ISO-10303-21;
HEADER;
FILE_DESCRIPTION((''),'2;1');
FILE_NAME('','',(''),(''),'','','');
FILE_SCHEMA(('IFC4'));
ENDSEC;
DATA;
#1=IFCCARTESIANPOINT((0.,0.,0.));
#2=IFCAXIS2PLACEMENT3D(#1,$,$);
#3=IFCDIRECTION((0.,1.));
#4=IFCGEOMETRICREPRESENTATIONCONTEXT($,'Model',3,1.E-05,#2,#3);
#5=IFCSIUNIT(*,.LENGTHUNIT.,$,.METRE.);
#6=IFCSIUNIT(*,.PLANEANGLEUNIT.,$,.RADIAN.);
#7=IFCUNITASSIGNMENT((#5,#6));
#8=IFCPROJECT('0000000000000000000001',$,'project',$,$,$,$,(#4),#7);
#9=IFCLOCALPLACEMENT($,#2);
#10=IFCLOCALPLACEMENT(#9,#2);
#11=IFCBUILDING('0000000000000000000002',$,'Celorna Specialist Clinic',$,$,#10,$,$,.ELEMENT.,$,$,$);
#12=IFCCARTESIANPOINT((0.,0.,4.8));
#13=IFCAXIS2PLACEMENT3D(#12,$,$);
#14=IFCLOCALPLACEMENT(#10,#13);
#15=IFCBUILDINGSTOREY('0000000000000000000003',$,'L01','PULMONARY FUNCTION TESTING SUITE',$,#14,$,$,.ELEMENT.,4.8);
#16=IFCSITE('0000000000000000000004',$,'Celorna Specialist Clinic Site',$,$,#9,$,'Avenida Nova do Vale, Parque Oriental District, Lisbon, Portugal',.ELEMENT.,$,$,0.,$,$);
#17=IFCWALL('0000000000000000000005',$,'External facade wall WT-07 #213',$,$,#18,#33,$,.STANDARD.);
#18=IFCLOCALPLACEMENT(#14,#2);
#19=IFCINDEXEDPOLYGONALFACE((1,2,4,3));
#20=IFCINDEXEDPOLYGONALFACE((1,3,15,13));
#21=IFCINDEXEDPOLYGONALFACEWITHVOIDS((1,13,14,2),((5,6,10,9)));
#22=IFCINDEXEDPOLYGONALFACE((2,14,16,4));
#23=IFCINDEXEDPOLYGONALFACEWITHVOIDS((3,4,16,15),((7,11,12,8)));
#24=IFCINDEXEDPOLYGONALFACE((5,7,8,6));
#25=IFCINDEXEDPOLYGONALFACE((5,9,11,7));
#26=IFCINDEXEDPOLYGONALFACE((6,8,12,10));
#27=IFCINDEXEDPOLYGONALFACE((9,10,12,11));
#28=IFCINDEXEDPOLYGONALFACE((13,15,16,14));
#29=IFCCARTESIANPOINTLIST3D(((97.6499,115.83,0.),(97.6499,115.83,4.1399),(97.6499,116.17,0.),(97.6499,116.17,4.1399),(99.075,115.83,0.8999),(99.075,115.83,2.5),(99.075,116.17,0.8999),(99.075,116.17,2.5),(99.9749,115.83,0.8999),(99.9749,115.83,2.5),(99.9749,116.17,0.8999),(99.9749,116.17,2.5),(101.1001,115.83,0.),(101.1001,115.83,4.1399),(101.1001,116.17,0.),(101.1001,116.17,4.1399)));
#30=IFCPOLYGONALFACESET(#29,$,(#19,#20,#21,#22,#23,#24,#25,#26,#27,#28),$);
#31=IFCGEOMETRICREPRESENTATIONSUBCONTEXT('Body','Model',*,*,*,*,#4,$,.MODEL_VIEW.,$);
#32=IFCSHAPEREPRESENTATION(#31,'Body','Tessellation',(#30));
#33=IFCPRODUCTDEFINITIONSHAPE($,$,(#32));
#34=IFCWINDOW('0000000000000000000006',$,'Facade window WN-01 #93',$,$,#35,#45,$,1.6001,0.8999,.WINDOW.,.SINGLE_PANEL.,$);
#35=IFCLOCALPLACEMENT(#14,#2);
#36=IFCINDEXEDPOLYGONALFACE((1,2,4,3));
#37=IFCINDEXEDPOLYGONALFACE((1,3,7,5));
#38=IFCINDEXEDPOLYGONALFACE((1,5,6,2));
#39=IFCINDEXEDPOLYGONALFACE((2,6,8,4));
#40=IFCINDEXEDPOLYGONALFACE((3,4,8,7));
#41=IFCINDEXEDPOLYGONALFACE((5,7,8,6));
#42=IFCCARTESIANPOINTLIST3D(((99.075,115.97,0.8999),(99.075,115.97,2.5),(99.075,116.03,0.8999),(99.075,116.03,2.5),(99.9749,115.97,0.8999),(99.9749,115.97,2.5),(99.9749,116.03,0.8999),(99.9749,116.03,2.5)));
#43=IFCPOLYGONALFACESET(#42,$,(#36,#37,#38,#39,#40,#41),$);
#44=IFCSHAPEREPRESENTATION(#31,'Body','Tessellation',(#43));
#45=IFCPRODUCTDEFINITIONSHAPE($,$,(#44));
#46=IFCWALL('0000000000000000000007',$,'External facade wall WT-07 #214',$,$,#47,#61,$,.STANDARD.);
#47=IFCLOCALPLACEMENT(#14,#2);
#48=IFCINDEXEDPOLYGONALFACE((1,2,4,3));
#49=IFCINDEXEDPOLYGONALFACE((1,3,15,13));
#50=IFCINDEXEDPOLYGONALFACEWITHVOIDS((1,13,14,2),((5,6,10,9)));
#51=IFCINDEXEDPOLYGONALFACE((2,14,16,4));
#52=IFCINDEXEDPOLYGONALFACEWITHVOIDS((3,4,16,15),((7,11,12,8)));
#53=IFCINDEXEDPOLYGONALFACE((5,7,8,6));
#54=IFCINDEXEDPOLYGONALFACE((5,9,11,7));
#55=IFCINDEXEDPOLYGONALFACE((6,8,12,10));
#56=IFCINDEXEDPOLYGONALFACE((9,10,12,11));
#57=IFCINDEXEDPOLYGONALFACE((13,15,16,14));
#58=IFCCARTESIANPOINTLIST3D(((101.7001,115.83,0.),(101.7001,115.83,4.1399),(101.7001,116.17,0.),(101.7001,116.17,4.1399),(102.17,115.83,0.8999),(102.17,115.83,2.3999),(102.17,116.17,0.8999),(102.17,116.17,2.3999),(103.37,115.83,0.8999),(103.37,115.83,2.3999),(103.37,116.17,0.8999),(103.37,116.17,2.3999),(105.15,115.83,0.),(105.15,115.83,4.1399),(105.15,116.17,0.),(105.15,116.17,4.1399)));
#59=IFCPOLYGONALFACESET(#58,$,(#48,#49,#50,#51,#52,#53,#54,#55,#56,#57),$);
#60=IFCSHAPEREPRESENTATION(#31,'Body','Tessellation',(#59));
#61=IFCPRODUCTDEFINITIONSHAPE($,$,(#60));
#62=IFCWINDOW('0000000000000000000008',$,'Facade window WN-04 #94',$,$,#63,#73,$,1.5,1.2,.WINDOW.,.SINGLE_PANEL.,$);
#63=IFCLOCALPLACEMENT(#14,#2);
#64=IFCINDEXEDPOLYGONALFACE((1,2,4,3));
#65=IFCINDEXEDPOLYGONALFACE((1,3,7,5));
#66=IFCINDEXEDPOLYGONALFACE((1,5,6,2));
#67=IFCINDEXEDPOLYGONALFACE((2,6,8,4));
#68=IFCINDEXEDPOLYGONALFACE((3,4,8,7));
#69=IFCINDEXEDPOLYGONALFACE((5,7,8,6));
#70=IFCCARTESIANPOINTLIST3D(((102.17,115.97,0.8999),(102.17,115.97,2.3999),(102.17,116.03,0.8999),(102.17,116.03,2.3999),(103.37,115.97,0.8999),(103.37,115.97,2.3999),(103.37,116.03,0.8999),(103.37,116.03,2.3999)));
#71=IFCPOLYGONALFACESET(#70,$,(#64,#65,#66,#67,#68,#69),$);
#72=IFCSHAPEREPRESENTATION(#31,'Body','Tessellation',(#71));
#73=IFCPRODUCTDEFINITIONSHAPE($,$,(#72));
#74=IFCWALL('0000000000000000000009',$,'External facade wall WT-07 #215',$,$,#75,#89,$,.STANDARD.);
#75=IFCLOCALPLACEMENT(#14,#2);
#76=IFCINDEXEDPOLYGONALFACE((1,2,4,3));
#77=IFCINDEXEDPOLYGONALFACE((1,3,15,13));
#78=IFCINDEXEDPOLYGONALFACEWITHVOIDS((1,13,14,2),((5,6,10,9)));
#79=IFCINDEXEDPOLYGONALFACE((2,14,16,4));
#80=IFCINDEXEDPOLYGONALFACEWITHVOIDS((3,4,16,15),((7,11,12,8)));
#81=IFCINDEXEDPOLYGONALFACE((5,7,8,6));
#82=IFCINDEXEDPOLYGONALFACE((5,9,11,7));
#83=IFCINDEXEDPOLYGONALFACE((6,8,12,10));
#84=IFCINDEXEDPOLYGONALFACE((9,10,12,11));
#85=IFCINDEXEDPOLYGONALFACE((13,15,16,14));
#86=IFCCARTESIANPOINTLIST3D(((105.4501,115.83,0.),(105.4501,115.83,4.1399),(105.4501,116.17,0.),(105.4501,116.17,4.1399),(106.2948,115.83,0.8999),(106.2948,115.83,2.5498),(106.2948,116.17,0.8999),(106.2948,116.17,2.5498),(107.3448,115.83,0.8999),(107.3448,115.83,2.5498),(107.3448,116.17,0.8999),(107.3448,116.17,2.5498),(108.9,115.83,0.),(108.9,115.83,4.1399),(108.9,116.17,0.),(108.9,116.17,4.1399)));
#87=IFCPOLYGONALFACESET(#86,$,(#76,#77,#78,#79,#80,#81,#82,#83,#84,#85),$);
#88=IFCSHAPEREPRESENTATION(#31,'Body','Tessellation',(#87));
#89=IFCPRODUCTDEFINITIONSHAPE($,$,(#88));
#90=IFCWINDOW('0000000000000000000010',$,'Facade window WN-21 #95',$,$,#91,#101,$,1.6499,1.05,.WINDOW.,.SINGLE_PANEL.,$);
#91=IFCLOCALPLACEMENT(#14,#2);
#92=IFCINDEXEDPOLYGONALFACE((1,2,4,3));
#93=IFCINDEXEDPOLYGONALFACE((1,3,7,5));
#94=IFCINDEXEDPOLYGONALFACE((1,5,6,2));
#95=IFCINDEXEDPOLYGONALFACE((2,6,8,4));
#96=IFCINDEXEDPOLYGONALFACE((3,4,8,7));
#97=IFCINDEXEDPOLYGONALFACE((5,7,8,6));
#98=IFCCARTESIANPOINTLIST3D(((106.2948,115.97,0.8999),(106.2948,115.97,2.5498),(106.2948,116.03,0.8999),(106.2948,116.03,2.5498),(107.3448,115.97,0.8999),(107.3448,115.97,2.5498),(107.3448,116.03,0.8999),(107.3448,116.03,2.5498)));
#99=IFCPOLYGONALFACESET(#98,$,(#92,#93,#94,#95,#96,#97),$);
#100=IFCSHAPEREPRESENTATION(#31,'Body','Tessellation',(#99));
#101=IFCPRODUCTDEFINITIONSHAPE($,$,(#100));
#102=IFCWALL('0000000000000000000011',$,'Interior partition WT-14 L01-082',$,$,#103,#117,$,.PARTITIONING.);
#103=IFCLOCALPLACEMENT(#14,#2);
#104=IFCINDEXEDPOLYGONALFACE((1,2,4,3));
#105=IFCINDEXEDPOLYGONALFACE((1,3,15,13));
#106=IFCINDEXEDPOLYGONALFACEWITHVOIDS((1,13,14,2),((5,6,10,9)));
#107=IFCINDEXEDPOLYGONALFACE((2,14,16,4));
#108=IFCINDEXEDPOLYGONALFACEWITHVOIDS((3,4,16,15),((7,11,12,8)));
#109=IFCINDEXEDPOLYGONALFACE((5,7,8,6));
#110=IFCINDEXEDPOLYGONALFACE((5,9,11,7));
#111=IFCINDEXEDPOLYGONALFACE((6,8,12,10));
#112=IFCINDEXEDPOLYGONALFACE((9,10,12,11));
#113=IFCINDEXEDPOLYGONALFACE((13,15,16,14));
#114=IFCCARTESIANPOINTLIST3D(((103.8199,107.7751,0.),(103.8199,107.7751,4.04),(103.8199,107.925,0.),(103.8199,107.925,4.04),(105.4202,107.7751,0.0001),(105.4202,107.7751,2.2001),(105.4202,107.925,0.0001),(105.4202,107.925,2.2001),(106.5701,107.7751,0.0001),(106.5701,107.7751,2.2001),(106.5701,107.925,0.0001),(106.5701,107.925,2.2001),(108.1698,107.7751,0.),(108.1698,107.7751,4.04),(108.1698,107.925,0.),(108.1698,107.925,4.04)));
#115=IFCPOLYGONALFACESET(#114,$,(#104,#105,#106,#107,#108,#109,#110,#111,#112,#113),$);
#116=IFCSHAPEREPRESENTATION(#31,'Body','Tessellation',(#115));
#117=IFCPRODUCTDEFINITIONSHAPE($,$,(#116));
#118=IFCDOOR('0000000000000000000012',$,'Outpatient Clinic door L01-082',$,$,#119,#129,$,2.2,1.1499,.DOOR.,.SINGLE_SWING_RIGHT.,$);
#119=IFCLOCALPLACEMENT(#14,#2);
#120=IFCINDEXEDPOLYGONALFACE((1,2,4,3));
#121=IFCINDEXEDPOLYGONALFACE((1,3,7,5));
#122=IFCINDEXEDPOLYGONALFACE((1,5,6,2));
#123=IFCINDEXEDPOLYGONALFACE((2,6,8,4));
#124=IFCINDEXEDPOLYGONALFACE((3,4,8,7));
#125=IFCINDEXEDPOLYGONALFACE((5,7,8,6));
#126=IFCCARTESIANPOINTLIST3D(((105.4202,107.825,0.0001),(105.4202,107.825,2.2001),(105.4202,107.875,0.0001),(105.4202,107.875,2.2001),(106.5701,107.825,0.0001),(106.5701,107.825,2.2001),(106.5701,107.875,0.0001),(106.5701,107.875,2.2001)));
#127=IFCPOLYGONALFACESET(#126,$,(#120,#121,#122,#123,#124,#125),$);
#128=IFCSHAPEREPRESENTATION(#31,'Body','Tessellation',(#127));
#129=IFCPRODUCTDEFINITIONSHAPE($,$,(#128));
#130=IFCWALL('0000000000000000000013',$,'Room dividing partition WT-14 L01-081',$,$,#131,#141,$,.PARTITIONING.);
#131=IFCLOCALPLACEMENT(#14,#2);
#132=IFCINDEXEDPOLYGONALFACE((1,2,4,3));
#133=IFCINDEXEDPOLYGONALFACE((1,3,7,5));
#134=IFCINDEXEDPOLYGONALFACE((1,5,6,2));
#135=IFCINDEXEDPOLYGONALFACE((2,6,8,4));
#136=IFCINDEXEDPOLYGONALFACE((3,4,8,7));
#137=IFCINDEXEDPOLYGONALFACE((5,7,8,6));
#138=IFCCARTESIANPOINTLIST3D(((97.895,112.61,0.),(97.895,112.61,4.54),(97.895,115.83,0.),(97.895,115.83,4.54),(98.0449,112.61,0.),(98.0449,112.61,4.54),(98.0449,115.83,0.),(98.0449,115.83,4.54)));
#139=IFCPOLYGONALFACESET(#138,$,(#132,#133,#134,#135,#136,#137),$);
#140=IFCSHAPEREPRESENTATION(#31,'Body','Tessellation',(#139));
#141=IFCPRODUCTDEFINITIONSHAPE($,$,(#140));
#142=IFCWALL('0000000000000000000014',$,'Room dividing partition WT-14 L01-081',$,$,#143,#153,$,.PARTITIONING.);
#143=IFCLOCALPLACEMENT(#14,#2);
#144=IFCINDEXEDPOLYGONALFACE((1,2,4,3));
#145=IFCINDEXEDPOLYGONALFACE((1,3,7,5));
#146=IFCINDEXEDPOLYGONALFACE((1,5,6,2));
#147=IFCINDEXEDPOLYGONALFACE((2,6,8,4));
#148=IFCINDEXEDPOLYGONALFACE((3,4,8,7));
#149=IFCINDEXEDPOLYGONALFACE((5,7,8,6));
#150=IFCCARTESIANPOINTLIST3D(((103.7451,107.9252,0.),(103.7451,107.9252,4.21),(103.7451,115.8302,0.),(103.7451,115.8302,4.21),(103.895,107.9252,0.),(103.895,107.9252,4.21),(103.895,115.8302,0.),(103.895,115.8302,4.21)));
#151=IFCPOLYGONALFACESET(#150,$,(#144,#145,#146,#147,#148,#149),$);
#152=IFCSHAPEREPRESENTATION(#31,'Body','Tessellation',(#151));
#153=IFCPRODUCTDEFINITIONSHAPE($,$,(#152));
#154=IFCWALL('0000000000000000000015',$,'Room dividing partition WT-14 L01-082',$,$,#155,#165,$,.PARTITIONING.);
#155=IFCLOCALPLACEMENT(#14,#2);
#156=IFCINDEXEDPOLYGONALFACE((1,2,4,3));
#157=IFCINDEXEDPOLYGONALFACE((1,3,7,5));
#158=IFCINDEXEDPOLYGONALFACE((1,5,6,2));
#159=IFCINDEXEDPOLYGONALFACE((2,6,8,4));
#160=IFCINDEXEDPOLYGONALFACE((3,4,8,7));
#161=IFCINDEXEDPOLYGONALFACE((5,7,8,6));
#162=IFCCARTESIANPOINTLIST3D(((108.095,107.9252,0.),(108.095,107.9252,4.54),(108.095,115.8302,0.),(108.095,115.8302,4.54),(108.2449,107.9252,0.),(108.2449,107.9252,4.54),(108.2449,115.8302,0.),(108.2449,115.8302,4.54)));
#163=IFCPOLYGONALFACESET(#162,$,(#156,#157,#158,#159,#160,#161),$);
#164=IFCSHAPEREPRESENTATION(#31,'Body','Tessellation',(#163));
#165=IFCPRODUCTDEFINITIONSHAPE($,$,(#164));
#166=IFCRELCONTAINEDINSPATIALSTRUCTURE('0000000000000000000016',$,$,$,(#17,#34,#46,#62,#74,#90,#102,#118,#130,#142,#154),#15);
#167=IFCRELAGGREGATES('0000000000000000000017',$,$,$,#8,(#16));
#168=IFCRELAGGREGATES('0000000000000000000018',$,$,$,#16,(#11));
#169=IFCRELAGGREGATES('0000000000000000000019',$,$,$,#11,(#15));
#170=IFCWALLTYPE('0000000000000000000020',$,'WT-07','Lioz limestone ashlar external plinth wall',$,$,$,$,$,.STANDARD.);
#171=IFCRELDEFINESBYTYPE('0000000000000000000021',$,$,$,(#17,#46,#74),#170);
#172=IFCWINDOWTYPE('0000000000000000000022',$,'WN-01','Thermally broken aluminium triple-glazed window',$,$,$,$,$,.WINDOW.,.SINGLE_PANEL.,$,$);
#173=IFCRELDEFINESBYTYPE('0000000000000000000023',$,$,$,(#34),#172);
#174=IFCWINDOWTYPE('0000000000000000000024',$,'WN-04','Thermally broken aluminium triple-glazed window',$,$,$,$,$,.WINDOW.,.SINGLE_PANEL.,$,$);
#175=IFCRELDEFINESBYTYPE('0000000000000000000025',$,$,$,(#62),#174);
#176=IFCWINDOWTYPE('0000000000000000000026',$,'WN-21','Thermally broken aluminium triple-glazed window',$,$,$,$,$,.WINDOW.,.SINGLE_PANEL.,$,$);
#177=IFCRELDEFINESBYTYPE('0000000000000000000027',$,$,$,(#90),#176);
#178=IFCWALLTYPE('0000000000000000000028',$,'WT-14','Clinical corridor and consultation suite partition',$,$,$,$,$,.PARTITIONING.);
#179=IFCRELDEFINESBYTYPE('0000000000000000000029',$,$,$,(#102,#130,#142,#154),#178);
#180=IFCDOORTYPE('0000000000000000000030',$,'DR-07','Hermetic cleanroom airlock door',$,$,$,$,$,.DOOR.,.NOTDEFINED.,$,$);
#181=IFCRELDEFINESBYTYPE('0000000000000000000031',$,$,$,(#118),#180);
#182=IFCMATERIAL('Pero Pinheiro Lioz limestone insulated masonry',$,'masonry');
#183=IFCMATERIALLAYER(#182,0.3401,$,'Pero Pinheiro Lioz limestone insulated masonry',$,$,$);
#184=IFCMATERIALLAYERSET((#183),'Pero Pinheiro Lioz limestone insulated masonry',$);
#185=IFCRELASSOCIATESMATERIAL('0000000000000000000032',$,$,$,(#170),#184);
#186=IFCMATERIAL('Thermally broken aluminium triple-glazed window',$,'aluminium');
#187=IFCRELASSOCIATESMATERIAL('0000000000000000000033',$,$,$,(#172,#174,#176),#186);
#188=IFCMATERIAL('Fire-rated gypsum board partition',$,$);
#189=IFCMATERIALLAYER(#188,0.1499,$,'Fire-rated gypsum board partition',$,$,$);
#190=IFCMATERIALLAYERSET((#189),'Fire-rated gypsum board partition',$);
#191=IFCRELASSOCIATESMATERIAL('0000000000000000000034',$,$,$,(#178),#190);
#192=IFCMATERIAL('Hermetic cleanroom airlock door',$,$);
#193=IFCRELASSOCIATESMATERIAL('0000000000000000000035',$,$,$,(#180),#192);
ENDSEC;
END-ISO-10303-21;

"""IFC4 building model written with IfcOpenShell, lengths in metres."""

from ifc_helpers import new_model, si_unit, direction, frame, frame_2d, origin, place, context, subcontext, project, spatial, rectangle, extrude, material, layer, layer_set, type_object, element, fill, save


model = new_model("IFC4")

# Units and contexts
model_context = context("Model", 3, precision=1e-05, world=origin(), true_north=direction((0.0, 1.0)))
body_context = subcontext(model_context, "Body", "Model", "MODEL_VIEW")
ifc_project = project(units=[si_unit("LENGTHUNIT", "METRE"), si_unit("PLANEANGLEUNIT", "RADIAN")], contexts=[model_context])

# Site, building, storey
site_placement = place(None, origin())
site = spatial("IfcSite", under=ifc_project, at=site_placement, Name="Celorna Specialist Clinic Site", LongName="Avenida Nova do Vale, Parque Oriental District, Lisbon, Portugal", CompositionType="ELEMENT", RefElevation=0.0)
building_placement = place(site_placement, origin())
building = spatial("IfcBuilding", under=site, at=building_placement, Name="Celorna Specialist Clinic", CompositionType="ELEMENT")
storey_placement = place(building_placement, frame((0.0, 0.0, 4.8)))
storey = spatial("IfcBuildingStorey", under=building, at=storey_placement, Name="L01", Description="PULMONARY FUNCTION TESTING SUITE", CompositionType="ELEMENT", Elevation=4.8)

# Walls, openings, windows
ifc_material_1 = material(Name="Pero Pinheiro Lioz limestone insulated masonry", Category="masonry")
ifc_layer_1 = layer(ifc_material_1, 0.3401, Name="Pero Pinheiro Lioz limestone insulated masonry")
ifc_layer_set_1 = layer_set([ifc_layer_1], Name="Pero Pinheiro Lioz limestone insulated masonry")
wall_type_1 = type_object("IfcWallType", Name="WT-07", Description="Lioz limestone ashlar external plinth wall", PredefinedType="STANDARD", material=ifc_layer_set_1)
wall_1_placement = place(storey_placement, frame((97.6499, 116.0, 0.0), z_axis=(0.0, 0.0, 1.0), x_axis=(1.0, 0.0, 0.0)))
wall_1 = element("IfcWall", 1, at=wall_1_placement, inside=storey, type_object=wall_type_1, Name="External facade wall WT-07 #213", PredefinedType="STANDARD", context=body_context, shape_type="SweptSolid", body=[
    extrude(rectangle(XDim=3.4502, YDim=0.3401, at=frame_2d((1.7251, 0.0))), origin(), (0.0, 0.0, 1.0), 4.1399),
])
opening_1_placement = place(wall_1_placement, frame((1.425, 0.0, 0.8999)))
opening_1 = element("IfcOpeningElement", 2, at=opening_1_placement, cuts=wall_1, PredefinedType="OPENING", context=body_context, shape_type="SweptSolid", body=[
    extrude(rectangle(XDim=0.8999, YDim=1.6001, at=frame_2d((0.45, 0.8))), frame((0.0, 0.1799, 0.0), z_axis=(0.0, -1.0, 0.0), x_axis=(1.0, 0.0, 0.0)), (0.0, 0.0, 1.0), 0.3601),
])
ifc_material_2 = material(Name="Thermally broken aluminium triple-glazed window", Category="aluminium")
window_type_1 = type_object("IfcWindowType", Name="WN-01", Description="Thermally broken aluminium triple-glazed window", PartitioningType="SINGLE_PANEL", PredefinedType="WINDOW", material=ifc_material_2)
window_1_placement = place(opening_1_placement, origin())
window_1 = element("IfcWindow", 3, at=window_1_placement, inside=storey, type_object=window_type_1, Name="Facade window WN-01 #93", OverallHeight=1.6001, OverallWidth=0.8999, PartitioningType="SINGLE_PANEL", PredefinedType="WINDOW", context=body_context, shape_type="SweptSolid", body=[
    extrude(rectangle(XDim=0.8999, YDim=1.6001, at=frame_2d((0.45, 0.8))), frame((0.0, 0.03, 0.0), z_axis=(0.0, -1.0, 0.0), x_axis=(1.0, 0.0, 0.0)), (0.0, 0.0, 1.0), 0.0601),
])
fill(opening_1, window_1)
wall_2_placement = place(storey_placement, frame((101.7, 116.0, 0.0), z_axis=(0.0, 0.0, 1.0), x_axis=(1.0, 0.0, 0.0)))
wall_2 = element("IfcWall", 4, at=wall_2_placement, inside=storey, type_object=wall_type_1, Name="External facade wall WT-07 #214", PredefinedType="STANDARD", context=body_context, shape_type="SweptSolid", body=[
    extrude(rectangle(XDim=3.45, YDim=0.3401, at=frame_2d((1.7251, 0.0))), origin(), (0.0, 0.0, 1.0), 4.1399),
])
opening_2_placement = place(wall_2_placement, frame((0.47, 0.0, 0.8999)))
opening_2 = element("IfcOpeningElement", 5, at=opening_2_placement, cuts=wall_2, PredefinedType="OPENING", context=body_context, shape_type="SweptSolid", body=[
    extrude(rectangle(XDim=1.2, YDim=1.5, at=frame_2d((0.6001, 0.75))), frame((0.0, 0.1799, 0.0), z_axis=(0.0, -1.0, 0.0), x_axis=(1.0, 0.0, 0.0)), (0.0, 0.0, 1.0), 0.3601),
])
window_type_2 = type_object("IfcWindowType", Name="WN-04", Description="Thermally broken aluminium triple-glazed window", PartitioningType="SINGLE_PANEL", PredefinedType="WINDOW", material=ifc_material_2)
window_2_placement = place(opening_2_placement, origin())
window_2 = element("IfcWindow", 6, at=window_2_placement, inside=storey, type_object=window_type_2, Name="Facade window WN-04 #94", OverallHeight=1.5, OverallWidth=1.2, PartitioningType="SINGLE_PANEL", PredefinedType="WINDOW", context=body_context, shape_type="SweptSolid", body=[
    extrude(rectangle(XDim=1.2, YDim=1.5, at=frame_2d((0.6001, 0.75))), frame((0.0, 0.03, 0.0), z_axis=(0.0, -1.0, 0.0), x_axis=(1.0, 0.0, 0.0)), (0.0, 0.0, 1.0), 0.0601),
])
fill(opening_2, window_2)
wall_3_placement = place(storey_placement, frame((105.45, 116.0, 0.0), z_axis=(0.0, 0.0, 1.0), x_axis=(1.0, 0.0, 0.0)))
wall_3 = element("IfcWall", 7, at=wall_3_placement, inside=storey, type_object=wall_type_1, Name="External facade wall WT-07 #215", PredefinedType="STANDARD", context=body_context, shape_type="SweptSolid", body=[
    extrude(rectangle(XDim=3.45, YDim=0.3401, at=frame_2d((1.7251, 0.0))), origin(), (0.0, 0.0, 1.0), 4.1399),
])
opening_3_placement = place(wall_3_placement, frame((0.845, 0.0, 0.8999)))
opening_3 = element("IfcOpeningElement", 8, at=opening_3_placement, cuts=wall_3, PredefinedType="OPENING", context=body_context, shape_type="SweptSolid", body=[
    extrude(rectangle(XDim=1.05, YDim=1.6499, at=frame_2d((0.5249, 0.825))), frame((0.0, 0.1799, 0.0), z_axis=(0.0, -1.0, 0.0), x_axis=(1.0, 0.0, 0.0)), (0.0, 0.0, 1.0), 0.3601),
])
window_type_3 = type_object("IfcWindowType", Name="WN-21", Description="Thermally broken aluminium triple-glazed window", PartitioningType="SINGLE_PANEL", PredefinedType="WINDOW", material=ifc_material_2)
window_3_placement = place(opening_3_placement, origin())
window_3 = element("IfcWindow", 9, at=window_3_placement, inside=storey, type_object=window_type_3, Name="Facade window WN-21 #95", OverallHeight=1.6499, OverallWidth=1.05, PartitioningType="SINGLE_PANEL", PredefinedType="WINDOW", context=body_context, shape_type="SweptSolid", body=[
    extrude(rectangle(XDim=1.05, YDim=1.6499, at=frame_2d((0.5249, 0.825))), frame((0.0, 0.03, 0.0), z_axis=(0.0, -1.0, 0.0), x_axis=(1.0, 0.0, 0.0)), (0.0, 0.0, 1.0), 0.0601),
])
fill(opening_3, window_3)

# Wall, opening, door
ifc_material_3 = material(Name="Fire-rated gypsum board partition")
ifc_layer_2 = layer(ifc_material_3, 0.1499, Name="Fire-rated gypsum board partition")
ifc_layer_set_2 = layer_set([ifc_layer_2], Name="Fire-rated gypsum board partition")
wall_type_2 = type_object("IfcWallType", Name="WT-14", Description="Clinical corridor and consultation suite partition", PredefinedType="PARTITIONING", material=ifc_layer_set_2)
wall_4_placement = place(storey_placement, frame((103.8201, 107.8501, 0.0), z_axis=(0.0, 0.0, 1.0), x_axis=(1.0, 0.0, 0.0)))
wall_4 = element("IfcWall", 10, at=wall_4_placement, inside=storey, type_object=wall_type_2, Name="Interior partition WT-14 L01-082", PredefinedType="PARTITIONING", context=body_context, shape_type="SweptSolid", body=[
    extrude(rectangle(XDim=4.3499, YDim=0.1499, at=frame_2d((2.1748, 0.0))), origin(), (0.0, 0.0, 1.0), 4.04),
])
opening_4_placement = place(wall_4_placement, frame((1.6001, 0.0, 0.0)))
opening_4 = element("IfcOpeningElement", 11, at=opening_4_placement, cuts=wall_4, PredefinedType="OPENING", context=body_context, shape_type="SweptSolid", body=[
    extrude(rectangle(XDim=1.1499, YDim=2.2, at=frame_2d((0.575, 1.1001))), frame((0.0, 0.085, 0.0), z_axis=(0.0, -1.0, 0.0), x_axis=(1.0, 0.0, 0.0)), (0.0, 0.0, 1.0), 0.1699),
])
ifc_material_4 = material(Name="Hermetic cleanroom airlock door")
door_type = type_object("IfcDoorType", Name="DR-07", Description="Hermetic cleanroom airlock door", OperationType="NOTDEFINED", PredefinedType="DOOR", material=ifc_material_4)
door_placement = place(opening_4_placement, origin())
door = element("IfcDoor", 12, at=door_placement, inside=storey, type_object=door_type, Name="Outpatient Clinic door L01-082", OperationType="SINGLE_SWING_RIGHT", OverallHeight=2.2, OverallWidth=1.1499, PredefinedType="DOOR", context=body_context, shape_type="SweptSolid", body=[
    extrude(rectangle(XDim=1.1499, YDim=2.2, at=frame_2d((0.575, 1.1001))), frame((0.0, 0.0249, 0.0), z_axis=(0.0, -1.0, 0.0), x_axis=(1.0, 0.0, 0.0)), (0.0, 0.0, 1.0), 0.05),
])
fill(opening_4, door)

# Walls
wall_5_placement = place(storey_placement, frame((97.97, 112.6101, 0.0), z_axis=(0.0, 0.0, 1.0), x_axis=(0.0, 1.0, 0.0)))
element("IfcWall", 13, at=wall_5_placement, inside=storey, type_object=wall_type_2, Name="Room dividing partition WT-14 L01-081", PredefinedType="PARTITIONING", context=body_context, shape_type="SweptSolid", body=[
    extrude(rectangle(XDim=3.22, YDim=0.1499, at=frame_2d((1.6099, 0.0))), origin(), (0.0, 0.0, 1.0), 4.54),
])
wall_6_placement = place(storey_placement, frame((103.8201, 107.925, 0.0), z_axis=(0.0, 0.0, 1.0), x_axis=(0.0, 1.0, 0.0)))
element("IfcWall", 14, at=wall_6_placement, inside=storey, type_object=wall_type_2, Name="Room dividing partition WT-14 L01-081", PredefinedType="PARTITIONING", context=body_context, shape_type="SweptSolid", body=[
    extrude(rectangle(XDim=7.905, YDim=0.1499, at=frame_2d((3.9526, 0.0))), origin(), (0.0, 0.0, 1.0), 4.21),
])
wall_7_placement = place(storey_placement, frame((108.1699, 107.925, 0.0), z_axis=(0.0, 0.0, 1.0), x_axis=(0.0, 1.0, 0.0)))
element("IfcWall", 15, at=wall_7_placement, inside=storey, type_object=wall_type_2, Name="Room dividing partition WT-14 L01-082", PredefinedType="PARTITIONING", context=body_context, shape_type="SweptSolid", body=[
    extrude(rectangle(XDim=7.905, YDim=0.1499, at=frame_2d((3.9526, 0.0))), origin(), (0.0, 0.0, 1.0), 4.54),
])

save(model, "model.ifc")
